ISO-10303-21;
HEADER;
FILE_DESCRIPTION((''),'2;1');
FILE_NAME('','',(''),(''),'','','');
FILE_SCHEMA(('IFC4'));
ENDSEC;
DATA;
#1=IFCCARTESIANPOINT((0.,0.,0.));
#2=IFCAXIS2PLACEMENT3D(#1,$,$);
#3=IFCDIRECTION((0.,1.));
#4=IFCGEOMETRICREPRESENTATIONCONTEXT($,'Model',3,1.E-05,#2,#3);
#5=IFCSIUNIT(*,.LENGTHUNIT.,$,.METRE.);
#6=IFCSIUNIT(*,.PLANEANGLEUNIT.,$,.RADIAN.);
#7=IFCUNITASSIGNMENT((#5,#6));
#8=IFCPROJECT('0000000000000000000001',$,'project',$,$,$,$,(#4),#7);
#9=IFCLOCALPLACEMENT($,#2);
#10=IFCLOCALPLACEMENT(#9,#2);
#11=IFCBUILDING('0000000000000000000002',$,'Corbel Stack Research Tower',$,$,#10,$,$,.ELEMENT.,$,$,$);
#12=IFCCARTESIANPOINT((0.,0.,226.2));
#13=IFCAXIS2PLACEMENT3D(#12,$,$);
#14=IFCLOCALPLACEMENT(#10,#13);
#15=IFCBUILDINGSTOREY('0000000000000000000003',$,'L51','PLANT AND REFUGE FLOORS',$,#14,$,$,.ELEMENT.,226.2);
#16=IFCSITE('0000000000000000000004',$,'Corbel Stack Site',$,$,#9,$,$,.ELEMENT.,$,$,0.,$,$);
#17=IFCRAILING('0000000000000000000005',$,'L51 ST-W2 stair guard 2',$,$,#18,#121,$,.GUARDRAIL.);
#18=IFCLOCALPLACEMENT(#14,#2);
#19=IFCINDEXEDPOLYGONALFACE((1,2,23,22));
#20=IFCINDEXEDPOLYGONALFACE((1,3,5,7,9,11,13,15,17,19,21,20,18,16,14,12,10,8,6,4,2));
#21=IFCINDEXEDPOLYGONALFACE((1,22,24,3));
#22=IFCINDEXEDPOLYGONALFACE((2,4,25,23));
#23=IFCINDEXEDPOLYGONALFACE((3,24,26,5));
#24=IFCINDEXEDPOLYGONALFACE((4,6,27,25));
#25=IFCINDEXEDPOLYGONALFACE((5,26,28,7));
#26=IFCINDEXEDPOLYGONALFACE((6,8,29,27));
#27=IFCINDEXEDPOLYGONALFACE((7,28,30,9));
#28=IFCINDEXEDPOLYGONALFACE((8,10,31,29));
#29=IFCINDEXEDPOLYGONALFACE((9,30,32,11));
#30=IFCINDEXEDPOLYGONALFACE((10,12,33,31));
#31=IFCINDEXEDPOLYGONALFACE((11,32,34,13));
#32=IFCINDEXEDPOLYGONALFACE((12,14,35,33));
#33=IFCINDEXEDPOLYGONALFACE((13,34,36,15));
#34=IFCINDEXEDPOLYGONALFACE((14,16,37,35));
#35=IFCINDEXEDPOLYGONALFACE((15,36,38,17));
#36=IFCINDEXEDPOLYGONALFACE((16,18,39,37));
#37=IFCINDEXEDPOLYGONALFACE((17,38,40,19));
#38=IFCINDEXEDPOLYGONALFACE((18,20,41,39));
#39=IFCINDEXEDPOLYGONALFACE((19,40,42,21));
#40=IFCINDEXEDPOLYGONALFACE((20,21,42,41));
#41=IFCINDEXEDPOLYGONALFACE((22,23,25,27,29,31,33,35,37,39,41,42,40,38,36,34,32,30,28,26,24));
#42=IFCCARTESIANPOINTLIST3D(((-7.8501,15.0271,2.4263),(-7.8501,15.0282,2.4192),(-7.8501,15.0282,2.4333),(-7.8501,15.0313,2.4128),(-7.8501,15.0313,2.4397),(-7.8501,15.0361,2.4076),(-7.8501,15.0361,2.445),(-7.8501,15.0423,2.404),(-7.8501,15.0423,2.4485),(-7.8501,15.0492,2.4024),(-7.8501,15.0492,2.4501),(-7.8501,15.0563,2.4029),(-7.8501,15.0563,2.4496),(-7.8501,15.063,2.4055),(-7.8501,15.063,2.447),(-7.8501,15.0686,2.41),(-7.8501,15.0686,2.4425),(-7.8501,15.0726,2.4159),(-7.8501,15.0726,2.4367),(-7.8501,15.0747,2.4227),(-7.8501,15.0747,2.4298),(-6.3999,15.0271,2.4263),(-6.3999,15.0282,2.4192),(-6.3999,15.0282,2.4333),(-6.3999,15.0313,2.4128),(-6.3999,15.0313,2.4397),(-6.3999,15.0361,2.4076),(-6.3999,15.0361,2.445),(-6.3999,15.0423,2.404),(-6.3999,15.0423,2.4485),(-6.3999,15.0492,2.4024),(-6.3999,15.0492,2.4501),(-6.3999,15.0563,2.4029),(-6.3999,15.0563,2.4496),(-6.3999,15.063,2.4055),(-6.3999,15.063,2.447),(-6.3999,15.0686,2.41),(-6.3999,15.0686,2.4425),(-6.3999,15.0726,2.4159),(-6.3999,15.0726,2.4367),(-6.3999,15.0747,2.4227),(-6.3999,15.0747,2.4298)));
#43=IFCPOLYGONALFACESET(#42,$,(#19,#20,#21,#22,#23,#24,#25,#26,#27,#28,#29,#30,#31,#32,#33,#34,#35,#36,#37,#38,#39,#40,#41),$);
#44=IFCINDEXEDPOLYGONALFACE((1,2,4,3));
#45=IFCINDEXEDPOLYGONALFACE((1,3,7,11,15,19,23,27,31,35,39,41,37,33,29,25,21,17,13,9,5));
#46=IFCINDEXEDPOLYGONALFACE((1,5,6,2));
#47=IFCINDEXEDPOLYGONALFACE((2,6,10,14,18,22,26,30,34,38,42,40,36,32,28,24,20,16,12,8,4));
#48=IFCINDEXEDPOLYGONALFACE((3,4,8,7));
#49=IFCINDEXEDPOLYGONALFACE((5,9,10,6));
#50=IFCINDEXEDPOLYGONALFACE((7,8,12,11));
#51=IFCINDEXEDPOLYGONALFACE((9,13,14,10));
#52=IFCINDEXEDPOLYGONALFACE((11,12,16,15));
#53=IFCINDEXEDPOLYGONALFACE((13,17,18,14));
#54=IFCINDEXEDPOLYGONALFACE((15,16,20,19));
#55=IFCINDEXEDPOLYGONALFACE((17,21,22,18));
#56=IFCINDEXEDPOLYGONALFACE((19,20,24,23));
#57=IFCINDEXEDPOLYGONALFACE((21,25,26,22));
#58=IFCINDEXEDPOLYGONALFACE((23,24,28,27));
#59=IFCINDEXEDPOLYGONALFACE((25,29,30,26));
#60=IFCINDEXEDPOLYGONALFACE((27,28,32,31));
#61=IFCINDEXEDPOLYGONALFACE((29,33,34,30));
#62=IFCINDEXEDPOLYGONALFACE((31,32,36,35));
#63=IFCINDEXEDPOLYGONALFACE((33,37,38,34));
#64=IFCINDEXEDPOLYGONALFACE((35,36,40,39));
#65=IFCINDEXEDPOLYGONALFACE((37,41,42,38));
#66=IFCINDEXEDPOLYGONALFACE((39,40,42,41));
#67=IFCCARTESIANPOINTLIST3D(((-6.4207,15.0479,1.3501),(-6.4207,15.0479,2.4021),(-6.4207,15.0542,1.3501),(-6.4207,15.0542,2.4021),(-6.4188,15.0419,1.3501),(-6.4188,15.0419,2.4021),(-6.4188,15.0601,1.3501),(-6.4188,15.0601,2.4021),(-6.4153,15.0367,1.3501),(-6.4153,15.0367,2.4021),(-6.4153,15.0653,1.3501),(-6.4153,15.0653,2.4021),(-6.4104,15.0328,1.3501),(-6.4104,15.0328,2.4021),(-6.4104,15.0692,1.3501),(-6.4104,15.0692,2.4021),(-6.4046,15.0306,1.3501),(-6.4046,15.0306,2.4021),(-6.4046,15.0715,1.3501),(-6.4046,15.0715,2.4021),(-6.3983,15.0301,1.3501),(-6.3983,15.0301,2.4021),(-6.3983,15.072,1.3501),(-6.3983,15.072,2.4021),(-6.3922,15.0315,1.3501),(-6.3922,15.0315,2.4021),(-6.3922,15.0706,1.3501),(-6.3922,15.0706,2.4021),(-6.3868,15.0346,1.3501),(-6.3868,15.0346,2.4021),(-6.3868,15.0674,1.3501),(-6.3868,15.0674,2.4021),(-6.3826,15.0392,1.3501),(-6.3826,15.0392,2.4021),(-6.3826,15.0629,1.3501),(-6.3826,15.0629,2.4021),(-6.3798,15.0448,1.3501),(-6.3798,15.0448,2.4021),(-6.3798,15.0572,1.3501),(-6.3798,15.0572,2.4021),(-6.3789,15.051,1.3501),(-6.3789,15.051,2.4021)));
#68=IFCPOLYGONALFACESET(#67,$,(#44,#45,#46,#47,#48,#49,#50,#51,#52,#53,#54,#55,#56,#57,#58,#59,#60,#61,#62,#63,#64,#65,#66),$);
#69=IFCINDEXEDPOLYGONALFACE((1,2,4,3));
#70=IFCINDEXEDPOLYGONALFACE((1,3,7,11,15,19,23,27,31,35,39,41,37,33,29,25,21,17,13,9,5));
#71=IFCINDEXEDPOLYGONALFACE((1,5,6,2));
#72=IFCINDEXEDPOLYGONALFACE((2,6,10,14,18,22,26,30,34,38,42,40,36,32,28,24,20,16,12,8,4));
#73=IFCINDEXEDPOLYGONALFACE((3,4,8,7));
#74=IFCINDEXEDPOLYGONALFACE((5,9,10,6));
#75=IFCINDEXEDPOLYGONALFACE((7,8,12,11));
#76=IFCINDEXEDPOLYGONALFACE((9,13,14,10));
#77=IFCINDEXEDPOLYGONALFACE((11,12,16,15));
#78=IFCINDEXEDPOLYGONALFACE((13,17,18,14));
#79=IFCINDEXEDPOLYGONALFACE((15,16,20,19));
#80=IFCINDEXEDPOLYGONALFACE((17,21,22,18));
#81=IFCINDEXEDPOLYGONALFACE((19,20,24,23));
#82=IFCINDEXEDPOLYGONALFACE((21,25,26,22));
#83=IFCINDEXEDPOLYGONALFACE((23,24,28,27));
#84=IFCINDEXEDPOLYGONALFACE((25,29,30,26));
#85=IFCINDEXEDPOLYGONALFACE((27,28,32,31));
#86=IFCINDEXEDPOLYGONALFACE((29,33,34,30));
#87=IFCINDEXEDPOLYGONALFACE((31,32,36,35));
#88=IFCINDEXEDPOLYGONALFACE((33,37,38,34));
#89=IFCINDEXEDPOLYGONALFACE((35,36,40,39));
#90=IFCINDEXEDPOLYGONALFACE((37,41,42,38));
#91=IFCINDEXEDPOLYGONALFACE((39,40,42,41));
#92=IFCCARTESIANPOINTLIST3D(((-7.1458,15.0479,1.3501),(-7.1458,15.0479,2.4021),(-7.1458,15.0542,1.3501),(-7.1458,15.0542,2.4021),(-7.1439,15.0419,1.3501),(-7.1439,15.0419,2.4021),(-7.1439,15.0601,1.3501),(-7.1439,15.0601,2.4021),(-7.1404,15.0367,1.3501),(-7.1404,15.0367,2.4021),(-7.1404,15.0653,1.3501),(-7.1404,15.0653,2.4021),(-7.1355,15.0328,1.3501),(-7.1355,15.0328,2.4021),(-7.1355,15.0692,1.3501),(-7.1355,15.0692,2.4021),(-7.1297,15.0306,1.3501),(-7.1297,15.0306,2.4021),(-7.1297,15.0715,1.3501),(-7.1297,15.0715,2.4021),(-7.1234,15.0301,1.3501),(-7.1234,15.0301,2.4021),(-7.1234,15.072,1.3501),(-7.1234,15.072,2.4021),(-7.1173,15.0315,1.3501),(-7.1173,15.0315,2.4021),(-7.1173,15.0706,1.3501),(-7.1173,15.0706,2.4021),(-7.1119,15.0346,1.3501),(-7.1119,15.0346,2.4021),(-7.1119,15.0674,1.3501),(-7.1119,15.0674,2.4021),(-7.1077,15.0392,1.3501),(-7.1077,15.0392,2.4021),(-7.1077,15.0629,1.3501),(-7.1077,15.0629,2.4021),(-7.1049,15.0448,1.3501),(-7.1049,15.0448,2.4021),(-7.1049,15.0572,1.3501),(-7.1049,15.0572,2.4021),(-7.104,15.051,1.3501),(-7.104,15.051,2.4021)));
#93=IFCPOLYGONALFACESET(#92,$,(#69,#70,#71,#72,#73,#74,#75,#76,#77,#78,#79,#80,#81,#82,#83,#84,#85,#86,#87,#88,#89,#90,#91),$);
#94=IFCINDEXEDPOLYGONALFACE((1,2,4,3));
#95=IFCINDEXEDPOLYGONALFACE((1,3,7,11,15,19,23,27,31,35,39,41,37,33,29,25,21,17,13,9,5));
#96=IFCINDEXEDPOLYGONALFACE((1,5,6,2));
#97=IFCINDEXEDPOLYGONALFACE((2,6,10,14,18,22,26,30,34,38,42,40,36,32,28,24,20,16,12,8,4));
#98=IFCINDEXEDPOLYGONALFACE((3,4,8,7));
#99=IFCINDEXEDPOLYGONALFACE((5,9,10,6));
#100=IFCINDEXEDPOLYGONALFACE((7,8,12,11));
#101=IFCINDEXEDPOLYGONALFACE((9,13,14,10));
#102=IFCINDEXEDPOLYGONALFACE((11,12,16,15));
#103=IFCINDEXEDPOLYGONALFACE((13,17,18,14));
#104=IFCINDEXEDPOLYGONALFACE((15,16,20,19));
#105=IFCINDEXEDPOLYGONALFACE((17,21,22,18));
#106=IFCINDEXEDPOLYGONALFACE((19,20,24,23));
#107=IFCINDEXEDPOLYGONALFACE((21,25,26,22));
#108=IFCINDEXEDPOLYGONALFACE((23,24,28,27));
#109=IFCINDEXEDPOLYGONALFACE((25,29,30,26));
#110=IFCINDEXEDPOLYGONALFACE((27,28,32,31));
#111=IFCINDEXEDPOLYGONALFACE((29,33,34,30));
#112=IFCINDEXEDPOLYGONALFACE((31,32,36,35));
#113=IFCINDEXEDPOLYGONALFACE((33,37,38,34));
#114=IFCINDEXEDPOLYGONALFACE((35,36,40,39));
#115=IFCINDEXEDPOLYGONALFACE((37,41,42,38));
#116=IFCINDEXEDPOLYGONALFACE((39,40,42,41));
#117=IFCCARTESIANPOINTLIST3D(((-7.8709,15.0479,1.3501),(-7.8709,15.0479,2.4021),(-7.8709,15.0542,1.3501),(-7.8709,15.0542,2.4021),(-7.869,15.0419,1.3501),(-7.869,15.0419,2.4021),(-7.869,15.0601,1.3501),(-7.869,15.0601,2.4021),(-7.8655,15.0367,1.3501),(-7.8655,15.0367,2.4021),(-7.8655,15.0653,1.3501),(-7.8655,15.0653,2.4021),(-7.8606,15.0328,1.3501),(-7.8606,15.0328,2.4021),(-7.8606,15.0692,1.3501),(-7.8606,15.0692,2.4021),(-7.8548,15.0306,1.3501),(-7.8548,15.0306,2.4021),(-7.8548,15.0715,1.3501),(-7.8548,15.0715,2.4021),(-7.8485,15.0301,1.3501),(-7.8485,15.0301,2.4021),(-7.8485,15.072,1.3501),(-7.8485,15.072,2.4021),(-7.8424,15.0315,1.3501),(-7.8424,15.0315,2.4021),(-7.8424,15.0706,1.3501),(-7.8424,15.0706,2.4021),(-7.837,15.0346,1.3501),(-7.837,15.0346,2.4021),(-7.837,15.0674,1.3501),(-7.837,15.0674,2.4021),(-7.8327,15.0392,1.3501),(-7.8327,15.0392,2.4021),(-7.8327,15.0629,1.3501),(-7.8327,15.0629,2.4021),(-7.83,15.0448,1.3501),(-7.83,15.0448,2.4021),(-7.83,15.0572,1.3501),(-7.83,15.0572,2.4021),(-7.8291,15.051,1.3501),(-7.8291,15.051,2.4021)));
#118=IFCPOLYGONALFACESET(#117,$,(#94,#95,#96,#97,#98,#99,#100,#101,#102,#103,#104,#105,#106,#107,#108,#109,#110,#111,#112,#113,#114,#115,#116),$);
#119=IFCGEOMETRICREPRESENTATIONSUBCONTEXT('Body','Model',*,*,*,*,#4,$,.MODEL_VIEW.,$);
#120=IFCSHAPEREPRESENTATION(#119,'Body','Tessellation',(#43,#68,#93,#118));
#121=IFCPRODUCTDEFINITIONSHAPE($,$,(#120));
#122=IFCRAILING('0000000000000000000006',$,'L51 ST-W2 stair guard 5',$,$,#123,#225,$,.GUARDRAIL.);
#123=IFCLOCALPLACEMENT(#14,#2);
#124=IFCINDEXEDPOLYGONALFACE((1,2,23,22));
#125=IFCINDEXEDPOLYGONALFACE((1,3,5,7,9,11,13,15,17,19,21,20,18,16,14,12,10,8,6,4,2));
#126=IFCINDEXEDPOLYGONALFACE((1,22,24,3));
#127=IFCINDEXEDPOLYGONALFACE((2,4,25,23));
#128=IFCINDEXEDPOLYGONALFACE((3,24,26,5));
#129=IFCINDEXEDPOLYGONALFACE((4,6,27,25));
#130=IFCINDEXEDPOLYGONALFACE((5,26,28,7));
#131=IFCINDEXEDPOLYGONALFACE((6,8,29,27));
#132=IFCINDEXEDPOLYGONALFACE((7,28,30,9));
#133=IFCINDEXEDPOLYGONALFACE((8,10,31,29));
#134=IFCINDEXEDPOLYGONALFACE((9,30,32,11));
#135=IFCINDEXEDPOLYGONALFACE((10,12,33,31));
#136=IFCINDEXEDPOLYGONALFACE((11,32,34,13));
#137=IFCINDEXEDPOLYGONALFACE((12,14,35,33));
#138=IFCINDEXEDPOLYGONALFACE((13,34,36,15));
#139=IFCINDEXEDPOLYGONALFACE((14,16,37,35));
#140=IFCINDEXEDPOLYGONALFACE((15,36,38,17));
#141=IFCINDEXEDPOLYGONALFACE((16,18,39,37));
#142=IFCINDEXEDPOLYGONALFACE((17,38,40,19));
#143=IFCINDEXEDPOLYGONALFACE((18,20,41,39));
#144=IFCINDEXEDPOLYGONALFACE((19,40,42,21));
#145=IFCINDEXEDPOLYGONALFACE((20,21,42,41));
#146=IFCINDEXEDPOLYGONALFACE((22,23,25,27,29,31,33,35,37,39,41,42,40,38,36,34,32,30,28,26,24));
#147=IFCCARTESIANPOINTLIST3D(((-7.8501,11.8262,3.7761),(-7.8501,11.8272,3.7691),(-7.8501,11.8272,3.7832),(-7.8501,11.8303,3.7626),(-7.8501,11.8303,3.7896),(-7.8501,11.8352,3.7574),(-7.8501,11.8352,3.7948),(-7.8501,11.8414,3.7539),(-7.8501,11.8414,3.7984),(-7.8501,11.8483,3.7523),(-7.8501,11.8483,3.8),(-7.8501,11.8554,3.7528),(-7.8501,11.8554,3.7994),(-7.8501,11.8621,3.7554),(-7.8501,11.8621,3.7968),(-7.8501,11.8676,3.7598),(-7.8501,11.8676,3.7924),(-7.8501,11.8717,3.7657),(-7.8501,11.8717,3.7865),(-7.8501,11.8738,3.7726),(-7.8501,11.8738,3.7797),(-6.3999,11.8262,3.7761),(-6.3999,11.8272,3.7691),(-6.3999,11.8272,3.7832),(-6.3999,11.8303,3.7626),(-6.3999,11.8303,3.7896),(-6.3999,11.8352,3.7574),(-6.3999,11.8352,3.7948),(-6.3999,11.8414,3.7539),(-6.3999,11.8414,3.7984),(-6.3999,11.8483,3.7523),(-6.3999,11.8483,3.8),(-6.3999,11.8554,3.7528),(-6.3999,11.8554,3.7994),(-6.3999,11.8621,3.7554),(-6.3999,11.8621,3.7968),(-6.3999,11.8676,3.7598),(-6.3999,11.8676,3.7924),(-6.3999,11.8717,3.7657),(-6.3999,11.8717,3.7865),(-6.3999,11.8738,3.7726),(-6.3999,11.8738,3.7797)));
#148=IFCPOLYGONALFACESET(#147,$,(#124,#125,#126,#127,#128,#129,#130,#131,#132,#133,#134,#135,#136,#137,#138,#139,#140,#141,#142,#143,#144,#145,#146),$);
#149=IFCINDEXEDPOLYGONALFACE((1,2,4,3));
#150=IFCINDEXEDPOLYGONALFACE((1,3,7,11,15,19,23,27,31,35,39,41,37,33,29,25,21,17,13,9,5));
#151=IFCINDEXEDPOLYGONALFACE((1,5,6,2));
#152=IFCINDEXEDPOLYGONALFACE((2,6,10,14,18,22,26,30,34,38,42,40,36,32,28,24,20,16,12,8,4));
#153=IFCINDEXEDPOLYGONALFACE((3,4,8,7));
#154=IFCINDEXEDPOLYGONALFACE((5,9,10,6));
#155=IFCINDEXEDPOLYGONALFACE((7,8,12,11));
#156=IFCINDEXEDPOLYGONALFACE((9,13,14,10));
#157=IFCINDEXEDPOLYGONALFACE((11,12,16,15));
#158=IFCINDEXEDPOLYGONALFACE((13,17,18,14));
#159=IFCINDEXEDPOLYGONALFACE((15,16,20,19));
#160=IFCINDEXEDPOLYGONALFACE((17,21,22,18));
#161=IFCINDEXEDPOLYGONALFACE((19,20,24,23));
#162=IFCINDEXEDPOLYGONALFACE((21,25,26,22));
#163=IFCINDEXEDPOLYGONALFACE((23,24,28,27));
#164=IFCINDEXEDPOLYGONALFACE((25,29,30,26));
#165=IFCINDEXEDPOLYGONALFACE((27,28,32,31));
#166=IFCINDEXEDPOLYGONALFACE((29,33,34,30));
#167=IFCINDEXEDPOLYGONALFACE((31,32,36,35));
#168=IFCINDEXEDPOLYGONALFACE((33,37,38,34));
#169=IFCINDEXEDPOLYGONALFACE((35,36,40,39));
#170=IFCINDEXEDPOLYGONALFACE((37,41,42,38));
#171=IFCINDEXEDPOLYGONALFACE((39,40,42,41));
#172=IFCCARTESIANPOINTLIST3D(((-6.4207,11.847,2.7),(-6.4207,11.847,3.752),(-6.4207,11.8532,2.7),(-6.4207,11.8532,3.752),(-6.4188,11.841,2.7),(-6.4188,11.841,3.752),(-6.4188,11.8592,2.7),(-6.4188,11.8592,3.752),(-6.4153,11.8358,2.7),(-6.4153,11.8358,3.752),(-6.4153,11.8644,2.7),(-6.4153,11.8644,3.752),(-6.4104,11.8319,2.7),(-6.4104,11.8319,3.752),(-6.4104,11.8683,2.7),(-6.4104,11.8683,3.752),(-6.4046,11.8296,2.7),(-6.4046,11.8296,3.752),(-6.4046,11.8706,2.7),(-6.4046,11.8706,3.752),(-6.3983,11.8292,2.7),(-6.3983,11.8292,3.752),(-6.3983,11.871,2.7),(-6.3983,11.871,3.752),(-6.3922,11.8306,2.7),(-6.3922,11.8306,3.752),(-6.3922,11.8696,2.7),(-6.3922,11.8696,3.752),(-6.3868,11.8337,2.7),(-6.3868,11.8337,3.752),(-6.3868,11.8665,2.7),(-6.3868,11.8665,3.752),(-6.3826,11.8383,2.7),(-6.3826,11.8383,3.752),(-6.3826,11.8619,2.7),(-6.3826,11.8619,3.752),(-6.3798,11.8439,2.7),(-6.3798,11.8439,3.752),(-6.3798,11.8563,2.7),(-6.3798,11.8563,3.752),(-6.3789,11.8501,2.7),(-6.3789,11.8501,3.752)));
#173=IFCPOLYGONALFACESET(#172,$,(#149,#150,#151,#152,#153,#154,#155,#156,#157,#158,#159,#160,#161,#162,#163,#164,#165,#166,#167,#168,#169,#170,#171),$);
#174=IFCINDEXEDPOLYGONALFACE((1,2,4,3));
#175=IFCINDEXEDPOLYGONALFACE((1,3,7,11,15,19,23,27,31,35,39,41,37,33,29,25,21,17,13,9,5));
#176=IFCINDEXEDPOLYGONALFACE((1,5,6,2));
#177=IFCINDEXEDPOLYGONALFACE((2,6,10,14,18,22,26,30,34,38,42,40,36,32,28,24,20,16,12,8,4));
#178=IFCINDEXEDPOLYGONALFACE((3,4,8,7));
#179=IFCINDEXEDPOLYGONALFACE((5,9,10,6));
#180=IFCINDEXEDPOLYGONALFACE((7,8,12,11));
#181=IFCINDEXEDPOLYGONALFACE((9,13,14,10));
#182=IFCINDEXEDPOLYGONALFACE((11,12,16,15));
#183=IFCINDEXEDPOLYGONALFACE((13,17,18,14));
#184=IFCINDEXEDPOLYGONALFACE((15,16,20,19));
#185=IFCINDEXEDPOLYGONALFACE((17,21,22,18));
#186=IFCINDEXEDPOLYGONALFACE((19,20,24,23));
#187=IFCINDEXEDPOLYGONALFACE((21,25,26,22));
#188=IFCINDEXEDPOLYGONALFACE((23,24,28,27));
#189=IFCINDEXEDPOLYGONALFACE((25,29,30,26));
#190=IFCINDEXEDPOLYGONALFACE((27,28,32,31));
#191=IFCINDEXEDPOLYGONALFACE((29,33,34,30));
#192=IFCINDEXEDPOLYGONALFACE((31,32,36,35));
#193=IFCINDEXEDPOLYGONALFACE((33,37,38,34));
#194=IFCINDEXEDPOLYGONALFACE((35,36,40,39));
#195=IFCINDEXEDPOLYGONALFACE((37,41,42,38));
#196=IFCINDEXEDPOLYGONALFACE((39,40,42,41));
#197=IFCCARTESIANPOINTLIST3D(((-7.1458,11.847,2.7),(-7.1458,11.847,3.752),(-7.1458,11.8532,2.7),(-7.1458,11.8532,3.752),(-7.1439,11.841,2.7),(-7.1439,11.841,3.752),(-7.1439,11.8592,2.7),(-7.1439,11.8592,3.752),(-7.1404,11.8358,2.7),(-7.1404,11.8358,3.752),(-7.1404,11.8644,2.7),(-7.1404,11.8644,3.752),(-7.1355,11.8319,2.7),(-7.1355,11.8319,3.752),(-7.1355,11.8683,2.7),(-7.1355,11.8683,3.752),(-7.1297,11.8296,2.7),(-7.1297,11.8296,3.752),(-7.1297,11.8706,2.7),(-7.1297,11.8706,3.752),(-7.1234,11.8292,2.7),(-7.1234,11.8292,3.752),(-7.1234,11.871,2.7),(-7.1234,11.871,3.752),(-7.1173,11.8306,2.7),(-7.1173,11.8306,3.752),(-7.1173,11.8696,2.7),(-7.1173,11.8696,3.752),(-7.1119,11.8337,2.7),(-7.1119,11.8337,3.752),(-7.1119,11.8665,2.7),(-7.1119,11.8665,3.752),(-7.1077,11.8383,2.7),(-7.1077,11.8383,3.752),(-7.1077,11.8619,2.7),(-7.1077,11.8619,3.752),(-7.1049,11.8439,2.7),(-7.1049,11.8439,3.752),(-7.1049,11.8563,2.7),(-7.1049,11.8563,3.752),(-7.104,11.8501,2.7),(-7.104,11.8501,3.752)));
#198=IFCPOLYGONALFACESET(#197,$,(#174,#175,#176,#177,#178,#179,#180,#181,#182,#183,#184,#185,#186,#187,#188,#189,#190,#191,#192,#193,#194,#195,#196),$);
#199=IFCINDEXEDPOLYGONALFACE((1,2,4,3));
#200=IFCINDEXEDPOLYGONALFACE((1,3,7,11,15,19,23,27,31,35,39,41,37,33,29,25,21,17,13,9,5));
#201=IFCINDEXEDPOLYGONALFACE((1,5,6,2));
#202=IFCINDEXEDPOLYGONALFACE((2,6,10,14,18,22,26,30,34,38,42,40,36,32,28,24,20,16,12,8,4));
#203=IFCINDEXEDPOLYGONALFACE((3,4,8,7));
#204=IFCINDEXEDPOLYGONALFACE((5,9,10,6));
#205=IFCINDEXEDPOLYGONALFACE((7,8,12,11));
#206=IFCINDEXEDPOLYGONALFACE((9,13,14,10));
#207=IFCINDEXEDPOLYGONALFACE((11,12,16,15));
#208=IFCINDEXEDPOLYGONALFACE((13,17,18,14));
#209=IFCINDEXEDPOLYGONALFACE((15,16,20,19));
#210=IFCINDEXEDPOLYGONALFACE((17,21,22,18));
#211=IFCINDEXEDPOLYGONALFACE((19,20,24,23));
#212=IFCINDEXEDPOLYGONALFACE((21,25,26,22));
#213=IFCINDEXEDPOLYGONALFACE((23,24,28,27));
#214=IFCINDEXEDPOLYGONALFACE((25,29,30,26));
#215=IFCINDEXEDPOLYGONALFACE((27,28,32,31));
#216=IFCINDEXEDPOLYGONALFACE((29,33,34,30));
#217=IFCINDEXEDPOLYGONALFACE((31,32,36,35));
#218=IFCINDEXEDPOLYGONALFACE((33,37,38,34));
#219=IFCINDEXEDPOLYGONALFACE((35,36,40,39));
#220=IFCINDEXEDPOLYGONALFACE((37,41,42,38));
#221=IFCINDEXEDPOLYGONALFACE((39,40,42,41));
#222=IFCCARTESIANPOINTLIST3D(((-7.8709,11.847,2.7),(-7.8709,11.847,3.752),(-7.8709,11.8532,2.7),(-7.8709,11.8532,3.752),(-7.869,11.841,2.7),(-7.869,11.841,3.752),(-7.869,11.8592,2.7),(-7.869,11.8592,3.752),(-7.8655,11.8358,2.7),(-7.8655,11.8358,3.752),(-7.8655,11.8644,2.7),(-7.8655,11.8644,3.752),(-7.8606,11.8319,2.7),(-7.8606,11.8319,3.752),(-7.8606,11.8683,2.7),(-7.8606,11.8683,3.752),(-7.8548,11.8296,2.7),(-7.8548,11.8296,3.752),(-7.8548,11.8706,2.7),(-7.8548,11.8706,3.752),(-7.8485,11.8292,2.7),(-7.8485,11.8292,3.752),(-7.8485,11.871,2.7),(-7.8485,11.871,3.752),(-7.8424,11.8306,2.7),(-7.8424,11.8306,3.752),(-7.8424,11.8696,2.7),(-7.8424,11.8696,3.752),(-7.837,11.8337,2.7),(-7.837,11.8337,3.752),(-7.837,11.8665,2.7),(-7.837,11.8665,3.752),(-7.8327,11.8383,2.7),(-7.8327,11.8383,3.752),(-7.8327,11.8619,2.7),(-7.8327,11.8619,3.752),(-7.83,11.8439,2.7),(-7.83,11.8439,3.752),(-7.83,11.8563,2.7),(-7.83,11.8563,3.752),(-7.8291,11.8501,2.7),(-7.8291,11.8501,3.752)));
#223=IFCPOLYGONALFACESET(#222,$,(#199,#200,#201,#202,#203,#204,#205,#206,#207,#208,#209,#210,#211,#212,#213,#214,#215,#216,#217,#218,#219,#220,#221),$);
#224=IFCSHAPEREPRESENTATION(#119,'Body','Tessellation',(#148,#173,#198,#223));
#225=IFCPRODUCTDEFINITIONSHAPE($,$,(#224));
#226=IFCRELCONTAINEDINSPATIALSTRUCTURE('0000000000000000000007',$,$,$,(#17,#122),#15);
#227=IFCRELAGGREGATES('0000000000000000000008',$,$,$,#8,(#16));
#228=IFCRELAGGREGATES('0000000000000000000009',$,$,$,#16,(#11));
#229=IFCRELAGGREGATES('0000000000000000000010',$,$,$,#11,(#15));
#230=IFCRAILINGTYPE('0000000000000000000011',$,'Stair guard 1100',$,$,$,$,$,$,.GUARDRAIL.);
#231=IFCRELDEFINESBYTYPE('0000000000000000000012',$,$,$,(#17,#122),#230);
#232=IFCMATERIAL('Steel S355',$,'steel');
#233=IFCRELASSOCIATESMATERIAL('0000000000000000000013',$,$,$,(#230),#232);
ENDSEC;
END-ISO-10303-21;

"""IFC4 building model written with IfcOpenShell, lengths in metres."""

from ifc_helpers import new_model, si_unit, direction, frame, origin, origin_2d, place, context, subcontext, project, spatial, circle, extrude, material, type_object, element, save


model = new_model("IFC4")

# Units and contexts
model_context = context("Model", 3, precision=1e-05, world=origin(), true_north=direction((0.0, 1.0)))
body_context = subcontext(model_context, "Body", "Model", "MODEL_VIEW")
ifc_project = project(units=[si_unit("LENGTHUNIT", "METRE"), si_unit("PLANEANGLEUNIT", "RADIAN")], contexts=[model_context])

# Site, building, storey
site_placement = place(None, origin())
site = spatial("IfcSite", under=ifc_project, at=site_placement, Name="Corbel Stack Site", CompositionType="ELEMENT", RefElevation=0.0)
building_placement = place(site_placement, origin())
building = spatial("IfcBuilding", under=site, at=building_placement, Name="Corbel Stack Research Tower", CompositionType="ELEMENT")
storey_placement = place(building_placement, frame((0.0, 0.0, 226.2)))
storey = spatial("IfcBuildingStorey", under=building, at=storey_placement, Name="L51", Description="PLANT AND REFUGE FLOORS", CompositionType="ELEMENT", Elevation=226.2)

# Railings
ifc_material_1 = material(Name="Steel S355", Category="steel")
railing_type_1 = type_object("IfcRailingType", Name="Stair guard 1100", PredefinedType="GUARDRAIL", material=ifc_material_1)
for number, where, name in (
    (1, (-6.3999, 15.051, 1.3501), "L51 ST-W2 stair guard 2"),
    (2, (-6.3999, 11.8501, 2.7), "L51 ST-W2 stair guard 5"),
):
    element("IfcRailing", number, at=place(storey_placement, frame(where)), inside=storey, type_object=railing_type_1, Name=name, PredefinedType="GUARDRAIL", context=body_context, shape_type="SweptSolid", body=[
        extrude(circle(Radius=0.0239, at=origin_2d()), frame((0.0, 0.0, 1.0762), z_axis=(-1.0, 0.0, 0.0), x_axis=(0.0, -1.0, 0.0)), (0.0, 0.0, 1.0), 1.4502),
        extrude(circle(Radius=0.021, at=origin_2d()), origin(), (0.0, 0.0, 1.0), 1.052),
        extrude(circle(Radius=0.021, at=origin_2d()), frame((-0.7251, 0.0, 0.0)), (0.0, 0.0, 1.0), 1.052),
        extrude(circle(Radius=0.021, at=origin_2d()), frame((-1.4502, 0.0, 0.0)), (0.0, 0.0, 1.0), 1.052),
    ])

save(model, "model.ifc")
